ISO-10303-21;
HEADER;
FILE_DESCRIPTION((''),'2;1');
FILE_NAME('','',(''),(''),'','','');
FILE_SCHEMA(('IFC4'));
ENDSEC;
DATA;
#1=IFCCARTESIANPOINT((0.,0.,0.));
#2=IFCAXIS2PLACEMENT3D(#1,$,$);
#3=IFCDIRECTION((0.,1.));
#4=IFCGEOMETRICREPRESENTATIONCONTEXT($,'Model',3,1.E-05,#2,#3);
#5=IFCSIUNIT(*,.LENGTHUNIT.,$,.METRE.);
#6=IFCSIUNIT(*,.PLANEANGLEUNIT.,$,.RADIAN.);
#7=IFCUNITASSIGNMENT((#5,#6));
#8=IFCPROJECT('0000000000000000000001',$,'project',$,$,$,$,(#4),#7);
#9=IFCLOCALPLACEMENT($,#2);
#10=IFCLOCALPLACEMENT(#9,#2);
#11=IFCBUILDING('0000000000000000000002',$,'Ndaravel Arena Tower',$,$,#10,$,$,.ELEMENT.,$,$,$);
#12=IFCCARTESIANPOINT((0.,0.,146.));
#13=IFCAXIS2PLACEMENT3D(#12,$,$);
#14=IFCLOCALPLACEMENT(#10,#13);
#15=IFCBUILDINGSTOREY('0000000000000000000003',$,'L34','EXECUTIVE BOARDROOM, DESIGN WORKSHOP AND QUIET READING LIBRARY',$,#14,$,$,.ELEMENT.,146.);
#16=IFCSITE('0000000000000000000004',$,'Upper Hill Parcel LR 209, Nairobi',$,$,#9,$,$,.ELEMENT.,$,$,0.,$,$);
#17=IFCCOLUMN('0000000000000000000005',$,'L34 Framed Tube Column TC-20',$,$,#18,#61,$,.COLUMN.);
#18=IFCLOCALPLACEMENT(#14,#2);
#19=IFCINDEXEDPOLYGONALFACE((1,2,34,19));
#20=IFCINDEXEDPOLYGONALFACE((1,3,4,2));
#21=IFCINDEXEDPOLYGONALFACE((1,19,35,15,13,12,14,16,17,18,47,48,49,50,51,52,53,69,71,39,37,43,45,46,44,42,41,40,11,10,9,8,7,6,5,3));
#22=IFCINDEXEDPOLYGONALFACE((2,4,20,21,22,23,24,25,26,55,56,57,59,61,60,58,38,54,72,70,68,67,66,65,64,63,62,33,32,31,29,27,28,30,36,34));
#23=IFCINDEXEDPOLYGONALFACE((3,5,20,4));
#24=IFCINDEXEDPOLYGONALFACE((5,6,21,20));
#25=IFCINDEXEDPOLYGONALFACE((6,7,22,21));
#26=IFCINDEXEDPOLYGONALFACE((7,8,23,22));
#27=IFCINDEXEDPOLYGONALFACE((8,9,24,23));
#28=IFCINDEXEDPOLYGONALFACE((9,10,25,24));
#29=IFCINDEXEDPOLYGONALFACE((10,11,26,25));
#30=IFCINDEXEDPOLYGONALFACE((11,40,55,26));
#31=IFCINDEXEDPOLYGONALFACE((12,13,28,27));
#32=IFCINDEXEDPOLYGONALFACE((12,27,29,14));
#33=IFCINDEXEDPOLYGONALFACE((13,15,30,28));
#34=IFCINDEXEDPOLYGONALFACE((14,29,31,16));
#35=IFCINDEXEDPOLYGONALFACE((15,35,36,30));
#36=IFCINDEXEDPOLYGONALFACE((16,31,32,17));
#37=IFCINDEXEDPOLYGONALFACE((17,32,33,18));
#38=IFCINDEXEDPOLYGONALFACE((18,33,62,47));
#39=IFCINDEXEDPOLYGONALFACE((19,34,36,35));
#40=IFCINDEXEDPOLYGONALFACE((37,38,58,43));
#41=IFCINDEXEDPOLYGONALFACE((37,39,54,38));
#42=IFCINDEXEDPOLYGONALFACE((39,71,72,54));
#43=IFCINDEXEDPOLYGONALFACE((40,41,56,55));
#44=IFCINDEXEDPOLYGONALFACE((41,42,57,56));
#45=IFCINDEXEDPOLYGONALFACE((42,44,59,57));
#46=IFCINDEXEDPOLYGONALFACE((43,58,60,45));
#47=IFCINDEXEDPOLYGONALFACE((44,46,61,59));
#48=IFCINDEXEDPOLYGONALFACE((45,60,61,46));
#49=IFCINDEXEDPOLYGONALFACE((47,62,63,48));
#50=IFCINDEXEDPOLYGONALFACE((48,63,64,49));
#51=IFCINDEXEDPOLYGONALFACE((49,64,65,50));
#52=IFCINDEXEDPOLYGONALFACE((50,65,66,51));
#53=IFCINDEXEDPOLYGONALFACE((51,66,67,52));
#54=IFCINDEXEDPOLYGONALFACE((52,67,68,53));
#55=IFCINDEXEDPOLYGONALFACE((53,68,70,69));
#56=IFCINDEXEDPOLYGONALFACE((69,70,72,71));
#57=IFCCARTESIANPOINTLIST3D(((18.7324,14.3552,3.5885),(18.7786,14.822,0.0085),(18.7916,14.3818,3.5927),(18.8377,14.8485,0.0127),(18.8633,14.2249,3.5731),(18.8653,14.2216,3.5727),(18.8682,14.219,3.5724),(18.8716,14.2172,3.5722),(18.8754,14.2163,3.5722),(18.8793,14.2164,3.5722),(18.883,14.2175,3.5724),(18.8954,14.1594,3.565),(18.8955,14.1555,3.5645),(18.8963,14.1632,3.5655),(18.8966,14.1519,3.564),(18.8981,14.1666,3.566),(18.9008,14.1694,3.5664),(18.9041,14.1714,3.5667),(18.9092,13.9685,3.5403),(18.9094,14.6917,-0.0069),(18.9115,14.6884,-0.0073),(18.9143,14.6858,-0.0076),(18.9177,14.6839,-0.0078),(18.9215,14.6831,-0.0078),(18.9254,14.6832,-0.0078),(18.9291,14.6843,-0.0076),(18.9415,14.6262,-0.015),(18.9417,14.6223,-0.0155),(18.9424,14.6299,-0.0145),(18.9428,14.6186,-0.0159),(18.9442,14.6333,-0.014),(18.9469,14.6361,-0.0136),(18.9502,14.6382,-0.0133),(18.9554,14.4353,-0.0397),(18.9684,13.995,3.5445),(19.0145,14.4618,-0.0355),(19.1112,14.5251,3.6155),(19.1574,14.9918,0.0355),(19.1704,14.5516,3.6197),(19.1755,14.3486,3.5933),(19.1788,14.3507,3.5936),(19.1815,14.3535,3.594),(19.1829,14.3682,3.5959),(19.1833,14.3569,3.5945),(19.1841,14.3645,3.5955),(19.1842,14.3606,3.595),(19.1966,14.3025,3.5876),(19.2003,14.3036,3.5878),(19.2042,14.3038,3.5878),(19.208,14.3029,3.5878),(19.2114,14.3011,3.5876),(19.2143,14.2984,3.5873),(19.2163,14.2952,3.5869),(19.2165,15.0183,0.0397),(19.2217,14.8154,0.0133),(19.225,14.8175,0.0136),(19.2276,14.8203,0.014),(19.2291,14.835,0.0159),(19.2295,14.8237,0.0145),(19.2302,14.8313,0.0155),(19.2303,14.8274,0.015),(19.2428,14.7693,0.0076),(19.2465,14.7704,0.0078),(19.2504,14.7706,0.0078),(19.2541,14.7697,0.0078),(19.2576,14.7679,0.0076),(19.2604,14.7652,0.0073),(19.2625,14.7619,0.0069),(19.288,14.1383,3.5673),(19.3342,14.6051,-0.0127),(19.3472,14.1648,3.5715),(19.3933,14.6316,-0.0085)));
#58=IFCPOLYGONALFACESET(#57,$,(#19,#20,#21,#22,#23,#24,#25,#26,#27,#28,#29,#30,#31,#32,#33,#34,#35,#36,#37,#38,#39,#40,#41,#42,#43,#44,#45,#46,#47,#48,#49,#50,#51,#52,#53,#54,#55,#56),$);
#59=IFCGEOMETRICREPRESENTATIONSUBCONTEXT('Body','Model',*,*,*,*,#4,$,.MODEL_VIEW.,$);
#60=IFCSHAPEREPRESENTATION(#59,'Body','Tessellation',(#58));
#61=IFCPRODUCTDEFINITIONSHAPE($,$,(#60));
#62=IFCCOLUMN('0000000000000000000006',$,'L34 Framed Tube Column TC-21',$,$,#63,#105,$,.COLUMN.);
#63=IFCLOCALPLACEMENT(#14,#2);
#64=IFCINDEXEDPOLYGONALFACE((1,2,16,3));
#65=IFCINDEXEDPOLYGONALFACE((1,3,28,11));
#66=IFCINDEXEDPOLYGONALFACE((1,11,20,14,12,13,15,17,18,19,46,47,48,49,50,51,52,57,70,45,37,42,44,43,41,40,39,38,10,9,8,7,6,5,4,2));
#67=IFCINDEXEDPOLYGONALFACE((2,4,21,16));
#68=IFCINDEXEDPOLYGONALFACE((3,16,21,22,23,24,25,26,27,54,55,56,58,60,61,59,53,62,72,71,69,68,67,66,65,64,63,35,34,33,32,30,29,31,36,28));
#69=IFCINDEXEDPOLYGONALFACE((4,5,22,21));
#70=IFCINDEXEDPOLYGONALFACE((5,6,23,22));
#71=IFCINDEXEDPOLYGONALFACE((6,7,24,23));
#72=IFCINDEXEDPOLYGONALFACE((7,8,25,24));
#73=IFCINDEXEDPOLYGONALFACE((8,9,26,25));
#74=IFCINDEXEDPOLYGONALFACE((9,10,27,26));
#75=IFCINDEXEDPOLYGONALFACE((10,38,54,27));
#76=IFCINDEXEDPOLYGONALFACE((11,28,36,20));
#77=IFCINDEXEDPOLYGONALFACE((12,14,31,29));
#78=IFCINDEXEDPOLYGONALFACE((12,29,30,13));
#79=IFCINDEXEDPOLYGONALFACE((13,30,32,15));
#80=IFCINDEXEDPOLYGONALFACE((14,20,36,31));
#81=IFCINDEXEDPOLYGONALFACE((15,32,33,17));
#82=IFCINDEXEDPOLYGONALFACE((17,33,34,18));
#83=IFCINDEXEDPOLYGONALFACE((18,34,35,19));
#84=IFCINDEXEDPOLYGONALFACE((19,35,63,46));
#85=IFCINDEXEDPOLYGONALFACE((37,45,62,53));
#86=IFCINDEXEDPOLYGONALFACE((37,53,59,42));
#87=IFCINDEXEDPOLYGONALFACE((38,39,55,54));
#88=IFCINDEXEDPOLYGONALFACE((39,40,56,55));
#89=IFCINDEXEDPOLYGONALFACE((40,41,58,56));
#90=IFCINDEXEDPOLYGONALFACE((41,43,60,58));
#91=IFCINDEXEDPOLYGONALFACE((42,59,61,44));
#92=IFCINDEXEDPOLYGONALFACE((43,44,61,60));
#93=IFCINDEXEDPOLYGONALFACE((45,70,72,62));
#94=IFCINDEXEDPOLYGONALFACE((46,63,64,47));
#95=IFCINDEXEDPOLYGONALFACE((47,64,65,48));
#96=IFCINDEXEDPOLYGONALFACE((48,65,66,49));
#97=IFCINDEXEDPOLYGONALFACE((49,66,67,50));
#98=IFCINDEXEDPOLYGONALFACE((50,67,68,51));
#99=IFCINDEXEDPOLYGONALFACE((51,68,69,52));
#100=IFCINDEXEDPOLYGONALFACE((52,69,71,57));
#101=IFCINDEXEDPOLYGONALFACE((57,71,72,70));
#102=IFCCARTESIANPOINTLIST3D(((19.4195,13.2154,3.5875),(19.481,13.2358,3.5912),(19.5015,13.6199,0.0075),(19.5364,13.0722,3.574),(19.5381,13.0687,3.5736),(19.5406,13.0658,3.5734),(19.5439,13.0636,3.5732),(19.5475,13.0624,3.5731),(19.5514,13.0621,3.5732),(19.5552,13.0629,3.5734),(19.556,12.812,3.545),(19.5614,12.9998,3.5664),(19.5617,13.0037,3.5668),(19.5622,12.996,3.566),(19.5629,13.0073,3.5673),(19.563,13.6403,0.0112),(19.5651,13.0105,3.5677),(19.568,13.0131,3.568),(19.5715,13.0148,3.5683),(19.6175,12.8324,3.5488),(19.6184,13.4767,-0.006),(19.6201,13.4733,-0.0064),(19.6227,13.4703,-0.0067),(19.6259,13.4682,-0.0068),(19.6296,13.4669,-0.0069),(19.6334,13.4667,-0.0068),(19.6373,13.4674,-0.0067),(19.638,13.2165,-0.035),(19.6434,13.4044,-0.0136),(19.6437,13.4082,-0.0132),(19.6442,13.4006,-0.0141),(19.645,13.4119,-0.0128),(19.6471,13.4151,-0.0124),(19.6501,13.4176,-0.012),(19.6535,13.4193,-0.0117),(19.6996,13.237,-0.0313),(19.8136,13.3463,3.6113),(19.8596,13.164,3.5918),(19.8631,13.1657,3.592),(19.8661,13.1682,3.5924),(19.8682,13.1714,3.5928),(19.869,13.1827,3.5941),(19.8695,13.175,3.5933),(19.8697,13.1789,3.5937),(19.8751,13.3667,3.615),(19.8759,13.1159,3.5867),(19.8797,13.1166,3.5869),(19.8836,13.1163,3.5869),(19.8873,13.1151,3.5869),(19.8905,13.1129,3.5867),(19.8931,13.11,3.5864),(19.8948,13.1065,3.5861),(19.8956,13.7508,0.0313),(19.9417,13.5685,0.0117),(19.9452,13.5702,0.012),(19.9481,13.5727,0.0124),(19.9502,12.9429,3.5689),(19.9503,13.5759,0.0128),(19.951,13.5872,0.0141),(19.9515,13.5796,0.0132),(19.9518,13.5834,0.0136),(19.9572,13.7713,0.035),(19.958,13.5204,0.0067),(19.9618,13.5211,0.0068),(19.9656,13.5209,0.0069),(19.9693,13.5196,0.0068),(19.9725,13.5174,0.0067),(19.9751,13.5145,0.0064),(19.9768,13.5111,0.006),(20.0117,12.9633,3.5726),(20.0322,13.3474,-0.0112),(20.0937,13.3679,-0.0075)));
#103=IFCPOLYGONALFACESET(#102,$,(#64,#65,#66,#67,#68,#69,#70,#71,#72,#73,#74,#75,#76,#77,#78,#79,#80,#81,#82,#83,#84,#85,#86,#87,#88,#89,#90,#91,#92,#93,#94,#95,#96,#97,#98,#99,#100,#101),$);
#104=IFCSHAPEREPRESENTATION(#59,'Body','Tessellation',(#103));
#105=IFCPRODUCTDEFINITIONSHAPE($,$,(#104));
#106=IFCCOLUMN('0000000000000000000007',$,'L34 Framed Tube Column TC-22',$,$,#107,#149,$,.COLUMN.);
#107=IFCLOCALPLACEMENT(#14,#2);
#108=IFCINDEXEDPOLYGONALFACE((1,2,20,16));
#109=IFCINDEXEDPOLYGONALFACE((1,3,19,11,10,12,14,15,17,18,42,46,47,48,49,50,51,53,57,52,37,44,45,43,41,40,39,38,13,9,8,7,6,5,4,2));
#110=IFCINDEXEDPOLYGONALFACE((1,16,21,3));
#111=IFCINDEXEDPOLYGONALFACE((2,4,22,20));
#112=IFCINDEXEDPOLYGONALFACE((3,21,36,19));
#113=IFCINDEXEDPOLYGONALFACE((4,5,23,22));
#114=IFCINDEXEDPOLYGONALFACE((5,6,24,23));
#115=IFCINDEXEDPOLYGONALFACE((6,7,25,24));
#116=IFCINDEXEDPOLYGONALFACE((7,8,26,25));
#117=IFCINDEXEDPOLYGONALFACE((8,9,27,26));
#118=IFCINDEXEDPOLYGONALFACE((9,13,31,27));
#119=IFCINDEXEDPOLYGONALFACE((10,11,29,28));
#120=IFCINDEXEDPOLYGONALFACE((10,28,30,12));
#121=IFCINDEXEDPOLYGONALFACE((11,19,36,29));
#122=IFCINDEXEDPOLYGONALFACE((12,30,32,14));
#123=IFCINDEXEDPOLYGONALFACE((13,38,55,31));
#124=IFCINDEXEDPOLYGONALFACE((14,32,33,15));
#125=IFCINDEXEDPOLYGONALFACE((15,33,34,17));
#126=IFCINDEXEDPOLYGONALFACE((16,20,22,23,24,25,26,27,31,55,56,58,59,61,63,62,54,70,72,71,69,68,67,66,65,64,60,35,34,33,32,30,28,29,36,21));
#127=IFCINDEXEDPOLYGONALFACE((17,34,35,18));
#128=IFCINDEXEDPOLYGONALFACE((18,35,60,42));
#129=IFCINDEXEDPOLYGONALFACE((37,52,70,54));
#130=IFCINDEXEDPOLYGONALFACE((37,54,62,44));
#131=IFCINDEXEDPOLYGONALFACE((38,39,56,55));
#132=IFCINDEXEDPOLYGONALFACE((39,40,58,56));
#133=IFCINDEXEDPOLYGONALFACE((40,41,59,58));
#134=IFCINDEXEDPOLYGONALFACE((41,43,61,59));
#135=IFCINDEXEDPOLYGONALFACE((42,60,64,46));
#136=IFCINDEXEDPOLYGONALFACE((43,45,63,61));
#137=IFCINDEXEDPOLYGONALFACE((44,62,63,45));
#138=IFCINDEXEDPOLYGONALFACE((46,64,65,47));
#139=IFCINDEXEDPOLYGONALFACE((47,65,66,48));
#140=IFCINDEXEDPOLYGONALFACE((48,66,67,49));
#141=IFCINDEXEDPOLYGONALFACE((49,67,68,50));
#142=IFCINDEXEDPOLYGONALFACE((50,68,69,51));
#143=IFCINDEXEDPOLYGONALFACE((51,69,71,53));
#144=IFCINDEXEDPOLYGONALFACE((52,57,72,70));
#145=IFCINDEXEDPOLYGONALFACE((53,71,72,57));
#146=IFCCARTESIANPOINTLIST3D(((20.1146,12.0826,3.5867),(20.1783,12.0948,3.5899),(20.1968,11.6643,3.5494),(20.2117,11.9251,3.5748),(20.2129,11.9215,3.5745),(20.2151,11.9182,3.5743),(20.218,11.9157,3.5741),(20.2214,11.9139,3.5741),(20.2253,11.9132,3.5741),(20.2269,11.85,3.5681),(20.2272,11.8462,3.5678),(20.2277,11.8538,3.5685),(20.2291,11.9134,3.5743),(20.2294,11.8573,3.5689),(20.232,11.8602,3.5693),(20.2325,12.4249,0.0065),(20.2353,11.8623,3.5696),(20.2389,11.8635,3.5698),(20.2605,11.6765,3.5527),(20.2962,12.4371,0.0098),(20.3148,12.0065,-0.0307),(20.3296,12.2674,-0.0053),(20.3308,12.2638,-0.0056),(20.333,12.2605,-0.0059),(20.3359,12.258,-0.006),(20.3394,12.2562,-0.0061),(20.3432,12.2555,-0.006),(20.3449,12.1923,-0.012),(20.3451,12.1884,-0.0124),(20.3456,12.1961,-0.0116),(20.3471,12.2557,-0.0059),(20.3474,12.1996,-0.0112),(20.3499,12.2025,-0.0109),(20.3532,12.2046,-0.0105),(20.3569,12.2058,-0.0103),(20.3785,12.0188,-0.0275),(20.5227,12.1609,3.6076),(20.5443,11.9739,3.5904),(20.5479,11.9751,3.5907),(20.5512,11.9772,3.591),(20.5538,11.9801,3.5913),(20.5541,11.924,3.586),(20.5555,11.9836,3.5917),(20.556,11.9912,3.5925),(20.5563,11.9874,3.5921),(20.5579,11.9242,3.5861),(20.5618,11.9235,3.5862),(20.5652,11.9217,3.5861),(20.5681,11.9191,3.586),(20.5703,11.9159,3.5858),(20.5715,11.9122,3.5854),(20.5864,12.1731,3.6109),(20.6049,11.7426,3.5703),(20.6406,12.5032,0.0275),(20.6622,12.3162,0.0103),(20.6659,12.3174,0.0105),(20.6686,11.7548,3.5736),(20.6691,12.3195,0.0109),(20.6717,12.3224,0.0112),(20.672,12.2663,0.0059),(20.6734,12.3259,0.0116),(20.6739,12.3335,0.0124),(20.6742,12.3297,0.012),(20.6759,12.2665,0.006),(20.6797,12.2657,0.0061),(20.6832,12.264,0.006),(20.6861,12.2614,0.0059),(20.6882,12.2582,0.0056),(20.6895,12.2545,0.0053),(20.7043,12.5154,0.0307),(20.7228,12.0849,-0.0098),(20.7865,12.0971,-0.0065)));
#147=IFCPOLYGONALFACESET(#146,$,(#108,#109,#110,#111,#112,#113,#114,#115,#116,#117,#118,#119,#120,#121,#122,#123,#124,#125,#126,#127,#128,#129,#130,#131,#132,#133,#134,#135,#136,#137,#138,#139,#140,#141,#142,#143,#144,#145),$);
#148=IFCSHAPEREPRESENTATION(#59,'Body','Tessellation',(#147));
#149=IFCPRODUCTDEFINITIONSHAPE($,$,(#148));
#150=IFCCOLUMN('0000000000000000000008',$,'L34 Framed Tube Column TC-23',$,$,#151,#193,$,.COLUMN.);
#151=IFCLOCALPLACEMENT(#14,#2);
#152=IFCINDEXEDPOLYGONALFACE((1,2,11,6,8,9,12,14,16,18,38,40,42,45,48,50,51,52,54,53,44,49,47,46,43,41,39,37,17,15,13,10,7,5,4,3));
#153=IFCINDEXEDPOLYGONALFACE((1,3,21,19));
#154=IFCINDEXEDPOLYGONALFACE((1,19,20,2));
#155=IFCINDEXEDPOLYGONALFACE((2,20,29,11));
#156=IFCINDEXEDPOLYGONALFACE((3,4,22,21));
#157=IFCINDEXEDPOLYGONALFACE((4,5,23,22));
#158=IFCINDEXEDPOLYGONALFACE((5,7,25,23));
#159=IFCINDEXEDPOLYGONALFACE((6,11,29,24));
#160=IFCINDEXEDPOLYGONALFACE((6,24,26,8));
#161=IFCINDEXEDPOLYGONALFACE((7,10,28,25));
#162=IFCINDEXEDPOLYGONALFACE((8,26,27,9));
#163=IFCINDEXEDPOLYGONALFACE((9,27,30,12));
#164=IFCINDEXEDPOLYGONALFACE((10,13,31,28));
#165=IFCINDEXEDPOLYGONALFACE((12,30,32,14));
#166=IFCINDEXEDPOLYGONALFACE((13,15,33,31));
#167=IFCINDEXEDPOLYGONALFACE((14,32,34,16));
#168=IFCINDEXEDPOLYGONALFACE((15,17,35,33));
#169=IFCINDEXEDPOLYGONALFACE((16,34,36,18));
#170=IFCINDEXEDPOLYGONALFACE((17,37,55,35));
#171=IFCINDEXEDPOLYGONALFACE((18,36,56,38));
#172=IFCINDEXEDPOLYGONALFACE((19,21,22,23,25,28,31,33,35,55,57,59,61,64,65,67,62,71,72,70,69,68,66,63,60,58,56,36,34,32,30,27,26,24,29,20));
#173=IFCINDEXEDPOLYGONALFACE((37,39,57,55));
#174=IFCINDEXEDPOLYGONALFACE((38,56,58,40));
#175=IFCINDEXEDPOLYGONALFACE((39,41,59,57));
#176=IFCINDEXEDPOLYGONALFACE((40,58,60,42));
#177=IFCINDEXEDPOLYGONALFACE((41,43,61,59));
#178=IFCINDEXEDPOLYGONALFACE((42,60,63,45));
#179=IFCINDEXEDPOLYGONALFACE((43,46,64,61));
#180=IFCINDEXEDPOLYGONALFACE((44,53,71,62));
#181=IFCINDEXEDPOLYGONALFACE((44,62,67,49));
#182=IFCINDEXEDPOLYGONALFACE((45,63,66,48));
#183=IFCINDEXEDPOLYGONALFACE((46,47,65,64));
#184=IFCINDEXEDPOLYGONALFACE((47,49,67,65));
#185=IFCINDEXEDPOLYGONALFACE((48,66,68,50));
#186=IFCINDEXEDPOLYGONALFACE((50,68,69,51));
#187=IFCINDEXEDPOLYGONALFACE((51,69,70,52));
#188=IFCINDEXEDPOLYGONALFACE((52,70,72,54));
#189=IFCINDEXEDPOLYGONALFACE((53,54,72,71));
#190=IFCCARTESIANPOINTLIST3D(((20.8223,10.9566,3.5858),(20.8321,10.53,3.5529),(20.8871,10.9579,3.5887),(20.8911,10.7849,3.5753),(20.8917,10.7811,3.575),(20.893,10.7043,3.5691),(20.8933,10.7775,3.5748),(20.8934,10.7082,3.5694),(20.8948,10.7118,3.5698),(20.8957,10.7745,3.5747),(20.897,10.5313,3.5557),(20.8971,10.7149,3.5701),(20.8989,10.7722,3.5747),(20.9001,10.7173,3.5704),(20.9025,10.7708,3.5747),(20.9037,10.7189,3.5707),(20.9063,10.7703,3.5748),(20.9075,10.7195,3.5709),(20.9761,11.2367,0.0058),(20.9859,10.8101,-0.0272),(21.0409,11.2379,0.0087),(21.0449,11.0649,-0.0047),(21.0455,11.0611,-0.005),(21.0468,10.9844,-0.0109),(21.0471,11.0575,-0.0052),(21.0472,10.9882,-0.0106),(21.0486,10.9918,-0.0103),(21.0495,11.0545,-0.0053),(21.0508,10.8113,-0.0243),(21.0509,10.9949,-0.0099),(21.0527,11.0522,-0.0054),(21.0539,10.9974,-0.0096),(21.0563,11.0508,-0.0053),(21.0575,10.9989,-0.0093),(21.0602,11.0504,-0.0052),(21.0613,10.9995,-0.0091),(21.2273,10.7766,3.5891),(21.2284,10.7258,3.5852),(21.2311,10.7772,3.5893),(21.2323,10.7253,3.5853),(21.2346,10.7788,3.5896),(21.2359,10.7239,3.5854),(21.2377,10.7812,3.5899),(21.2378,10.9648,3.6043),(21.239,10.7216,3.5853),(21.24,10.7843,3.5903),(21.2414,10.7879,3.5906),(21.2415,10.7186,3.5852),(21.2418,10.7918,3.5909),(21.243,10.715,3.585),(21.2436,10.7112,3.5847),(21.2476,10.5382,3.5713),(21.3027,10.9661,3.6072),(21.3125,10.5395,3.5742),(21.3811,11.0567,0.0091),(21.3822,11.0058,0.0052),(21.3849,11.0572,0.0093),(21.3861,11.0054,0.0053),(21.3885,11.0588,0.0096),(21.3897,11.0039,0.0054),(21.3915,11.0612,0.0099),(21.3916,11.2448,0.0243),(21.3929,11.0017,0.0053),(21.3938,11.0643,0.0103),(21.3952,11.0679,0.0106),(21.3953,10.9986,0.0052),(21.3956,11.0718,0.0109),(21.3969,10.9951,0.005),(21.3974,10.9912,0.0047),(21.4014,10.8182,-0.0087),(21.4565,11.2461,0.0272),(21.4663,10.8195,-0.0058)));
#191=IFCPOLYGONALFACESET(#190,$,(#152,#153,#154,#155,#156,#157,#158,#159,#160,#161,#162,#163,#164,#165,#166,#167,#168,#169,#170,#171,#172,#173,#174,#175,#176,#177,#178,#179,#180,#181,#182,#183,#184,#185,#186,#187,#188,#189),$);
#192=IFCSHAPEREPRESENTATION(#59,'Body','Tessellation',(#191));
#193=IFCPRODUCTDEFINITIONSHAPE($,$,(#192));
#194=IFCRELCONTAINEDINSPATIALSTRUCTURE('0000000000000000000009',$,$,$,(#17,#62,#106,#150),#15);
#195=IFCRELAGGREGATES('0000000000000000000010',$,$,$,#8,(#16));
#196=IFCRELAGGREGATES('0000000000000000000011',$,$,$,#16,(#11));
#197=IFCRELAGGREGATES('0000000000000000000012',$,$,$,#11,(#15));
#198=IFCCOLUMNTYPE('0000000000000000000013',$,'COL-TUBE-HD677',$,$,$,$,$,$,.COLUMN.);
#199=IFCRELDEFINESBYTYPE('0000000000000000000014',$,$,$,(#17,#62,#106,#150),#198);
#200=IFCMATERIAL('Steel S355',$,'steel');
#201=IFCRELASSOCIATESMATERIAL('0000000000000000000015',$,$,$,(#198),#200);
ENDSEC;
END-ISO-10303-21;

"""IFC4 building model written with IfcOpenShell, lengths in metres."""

from ifc_helpers import new_model, si_unit, direction, frame, origin, origin_2d, place, context, subcontext, project, spatial, i_section, extrude, material, material_profile, profile_set, type_object, element, save


model = new_model("IFC4")

# Units and contexts
model_context = context("Model", 3, precision=1e-05, world=origin(), true_north=direction((0.0, 1.0)))
body_context = subcontext(model_context, "Body", "Model", "MODEL_VIEW")
ifc_project = project(units=[si_unit("LENGTHUNIT", "METRE"), si_unit("PLANEANGLEUNIT", "RADIAN")], contexts=[model_context])

# Site, building, storey
site_placement = place(None, origin())
site = spatial("IfcSite", under=ifc_project, at=site_placement, Name="Upper Hill Parcel LR 209, Nairobi", CompositionType="ELEMENT", RefElevation=0.0)
building_placement = place(site_placement, origin())
building = spatial("IfcBuilding", under=site, at=building_placement, Name="Ndaravel Arena Tower", CompositionType="ELEMENT")
storey_placement = place(building_placement, frame((0.0, 0.0, 146.0)))
storey = spatial("IfcBuildingStorey", under=building, at=storey_placement, Name="L34", Description="EXECUTIVE BOARDROOM, DESIGN WORKSHOP AND QUIET READING LIBRARY", CompositionType="ELEMENT", Elevation=146.0)

# Columns
ifc_material_1 = material(Name="Steel S355", Category="steel")
ifc_material_profile_1 = material_profile(ifc_material_1, i_section(OverallWidth=0.428, OverallDepth=0.481, WebThickness=0.051, FlangeThickness=0.0649, FilletRadius=0.0149, at=origin_2d()), Name="HD 400x677")
ifc_profile_set_1 = profile_set([ifc_material_profile_1], Name="Steel S355")
column_type = type_object("IfcColumnType", Name="COL-TUBE-HD677", PredefinedType="COLUMN", material=ifc_profile_set_1)
column_1_placement = place(storey_placement, frame((19.0859, 14.7268, 0.0), z_axis=(-0.012779, -0.129282, 0.991525), x_axis=(-0.413106, 0.903707, 0.112507)))
element("IfcColumn", 1, at=column_1_placement, inside=storey, type_object=column_type, Name="L34 Framed Tube Column TC-20", PredefinedType="COLUMN", context=body_context, shape_type="SweptSolid", body=[
    extrude(i_section(OverallWidth=0.428, OverallDepth=0.481, WebThickness=0.051, FlangeThickness=0.0649, FilletRadius=0.0149, at=origin_2d()), origin(), (0.0, 0.0, 1.0), 3.6106),
])
column_2_placement = place(storey_placement, frame((19.7976, 13.4939, 0.0), z_axis=(-0.022762, -0.112254, 0.993419), x_axis=(-0.319053, 0.942532, 0.099193)))
element("IfcColumn", 2, at=column_2_placement, inside=storey, type_object=column_type, Name="L34 Framed Tube Column TC-21", PredefinedType="COLUMN", context=body_context, shape_type="SweptSolid", body=[
    extrude(i_section(OverallWidth=0.428, OverallDepth=0.481, WebThickness=0.051, FlangeThickness=0.0649, FilletRadius=0.0149, at=origin_2d()), origin(), (0.0, 0.0, 1.0), 3.6038),
])
column_3_placement = place(storey_placement, frame((20.5095, 12.261, 0.0), z_axis=(-0.032771, -0.095123, 0.994926), x_axis=(-0.192082, 0.977503, 0.087131)))
element("IfcColumn", 3, at=column_3_placement, inside=storey, type_object=column_type, Name="L34 Framed Tube Column TC-22", PredefinedType="COLUMN", context=body_context, shape_type="SweptSolid", body=[
    extrude(i_section(OverallWidth=0.428, OverallDepth=0.481, WebThickness=0.051, FlangeThickness=0.0649, FilletRadius=0.0149, at=origin_2d()), origin(), (0.0, 0.0, 1.0), 3.5984),
])
column_4_placement = place(storey_placement, frame((21.2212, 11.0281, 0.0), z_axis=(-0.042792, -0.077909, 0.996042), x_axis=(-0.022973, 0.996768, 0.076979)))
element("IfcColumn", 4, at=column_4_placement, inside=storey, type_object=column_type, Name="L34 Framed Tube Column TC-23", PredefinedType="COLUMN", context=body_context, shape_type="SweptSolid", body=[
    extrude(i_section(OverallWidth=0.428, OverallDepth=0.481, WebThickness=0.051, FlangeThickness=0.0649, FilletRadius=0.0149, at=origin_2d()), origin(), (0.0, 0.0, 1.0), 3.5942),
])

save(model, "model.ifc")
